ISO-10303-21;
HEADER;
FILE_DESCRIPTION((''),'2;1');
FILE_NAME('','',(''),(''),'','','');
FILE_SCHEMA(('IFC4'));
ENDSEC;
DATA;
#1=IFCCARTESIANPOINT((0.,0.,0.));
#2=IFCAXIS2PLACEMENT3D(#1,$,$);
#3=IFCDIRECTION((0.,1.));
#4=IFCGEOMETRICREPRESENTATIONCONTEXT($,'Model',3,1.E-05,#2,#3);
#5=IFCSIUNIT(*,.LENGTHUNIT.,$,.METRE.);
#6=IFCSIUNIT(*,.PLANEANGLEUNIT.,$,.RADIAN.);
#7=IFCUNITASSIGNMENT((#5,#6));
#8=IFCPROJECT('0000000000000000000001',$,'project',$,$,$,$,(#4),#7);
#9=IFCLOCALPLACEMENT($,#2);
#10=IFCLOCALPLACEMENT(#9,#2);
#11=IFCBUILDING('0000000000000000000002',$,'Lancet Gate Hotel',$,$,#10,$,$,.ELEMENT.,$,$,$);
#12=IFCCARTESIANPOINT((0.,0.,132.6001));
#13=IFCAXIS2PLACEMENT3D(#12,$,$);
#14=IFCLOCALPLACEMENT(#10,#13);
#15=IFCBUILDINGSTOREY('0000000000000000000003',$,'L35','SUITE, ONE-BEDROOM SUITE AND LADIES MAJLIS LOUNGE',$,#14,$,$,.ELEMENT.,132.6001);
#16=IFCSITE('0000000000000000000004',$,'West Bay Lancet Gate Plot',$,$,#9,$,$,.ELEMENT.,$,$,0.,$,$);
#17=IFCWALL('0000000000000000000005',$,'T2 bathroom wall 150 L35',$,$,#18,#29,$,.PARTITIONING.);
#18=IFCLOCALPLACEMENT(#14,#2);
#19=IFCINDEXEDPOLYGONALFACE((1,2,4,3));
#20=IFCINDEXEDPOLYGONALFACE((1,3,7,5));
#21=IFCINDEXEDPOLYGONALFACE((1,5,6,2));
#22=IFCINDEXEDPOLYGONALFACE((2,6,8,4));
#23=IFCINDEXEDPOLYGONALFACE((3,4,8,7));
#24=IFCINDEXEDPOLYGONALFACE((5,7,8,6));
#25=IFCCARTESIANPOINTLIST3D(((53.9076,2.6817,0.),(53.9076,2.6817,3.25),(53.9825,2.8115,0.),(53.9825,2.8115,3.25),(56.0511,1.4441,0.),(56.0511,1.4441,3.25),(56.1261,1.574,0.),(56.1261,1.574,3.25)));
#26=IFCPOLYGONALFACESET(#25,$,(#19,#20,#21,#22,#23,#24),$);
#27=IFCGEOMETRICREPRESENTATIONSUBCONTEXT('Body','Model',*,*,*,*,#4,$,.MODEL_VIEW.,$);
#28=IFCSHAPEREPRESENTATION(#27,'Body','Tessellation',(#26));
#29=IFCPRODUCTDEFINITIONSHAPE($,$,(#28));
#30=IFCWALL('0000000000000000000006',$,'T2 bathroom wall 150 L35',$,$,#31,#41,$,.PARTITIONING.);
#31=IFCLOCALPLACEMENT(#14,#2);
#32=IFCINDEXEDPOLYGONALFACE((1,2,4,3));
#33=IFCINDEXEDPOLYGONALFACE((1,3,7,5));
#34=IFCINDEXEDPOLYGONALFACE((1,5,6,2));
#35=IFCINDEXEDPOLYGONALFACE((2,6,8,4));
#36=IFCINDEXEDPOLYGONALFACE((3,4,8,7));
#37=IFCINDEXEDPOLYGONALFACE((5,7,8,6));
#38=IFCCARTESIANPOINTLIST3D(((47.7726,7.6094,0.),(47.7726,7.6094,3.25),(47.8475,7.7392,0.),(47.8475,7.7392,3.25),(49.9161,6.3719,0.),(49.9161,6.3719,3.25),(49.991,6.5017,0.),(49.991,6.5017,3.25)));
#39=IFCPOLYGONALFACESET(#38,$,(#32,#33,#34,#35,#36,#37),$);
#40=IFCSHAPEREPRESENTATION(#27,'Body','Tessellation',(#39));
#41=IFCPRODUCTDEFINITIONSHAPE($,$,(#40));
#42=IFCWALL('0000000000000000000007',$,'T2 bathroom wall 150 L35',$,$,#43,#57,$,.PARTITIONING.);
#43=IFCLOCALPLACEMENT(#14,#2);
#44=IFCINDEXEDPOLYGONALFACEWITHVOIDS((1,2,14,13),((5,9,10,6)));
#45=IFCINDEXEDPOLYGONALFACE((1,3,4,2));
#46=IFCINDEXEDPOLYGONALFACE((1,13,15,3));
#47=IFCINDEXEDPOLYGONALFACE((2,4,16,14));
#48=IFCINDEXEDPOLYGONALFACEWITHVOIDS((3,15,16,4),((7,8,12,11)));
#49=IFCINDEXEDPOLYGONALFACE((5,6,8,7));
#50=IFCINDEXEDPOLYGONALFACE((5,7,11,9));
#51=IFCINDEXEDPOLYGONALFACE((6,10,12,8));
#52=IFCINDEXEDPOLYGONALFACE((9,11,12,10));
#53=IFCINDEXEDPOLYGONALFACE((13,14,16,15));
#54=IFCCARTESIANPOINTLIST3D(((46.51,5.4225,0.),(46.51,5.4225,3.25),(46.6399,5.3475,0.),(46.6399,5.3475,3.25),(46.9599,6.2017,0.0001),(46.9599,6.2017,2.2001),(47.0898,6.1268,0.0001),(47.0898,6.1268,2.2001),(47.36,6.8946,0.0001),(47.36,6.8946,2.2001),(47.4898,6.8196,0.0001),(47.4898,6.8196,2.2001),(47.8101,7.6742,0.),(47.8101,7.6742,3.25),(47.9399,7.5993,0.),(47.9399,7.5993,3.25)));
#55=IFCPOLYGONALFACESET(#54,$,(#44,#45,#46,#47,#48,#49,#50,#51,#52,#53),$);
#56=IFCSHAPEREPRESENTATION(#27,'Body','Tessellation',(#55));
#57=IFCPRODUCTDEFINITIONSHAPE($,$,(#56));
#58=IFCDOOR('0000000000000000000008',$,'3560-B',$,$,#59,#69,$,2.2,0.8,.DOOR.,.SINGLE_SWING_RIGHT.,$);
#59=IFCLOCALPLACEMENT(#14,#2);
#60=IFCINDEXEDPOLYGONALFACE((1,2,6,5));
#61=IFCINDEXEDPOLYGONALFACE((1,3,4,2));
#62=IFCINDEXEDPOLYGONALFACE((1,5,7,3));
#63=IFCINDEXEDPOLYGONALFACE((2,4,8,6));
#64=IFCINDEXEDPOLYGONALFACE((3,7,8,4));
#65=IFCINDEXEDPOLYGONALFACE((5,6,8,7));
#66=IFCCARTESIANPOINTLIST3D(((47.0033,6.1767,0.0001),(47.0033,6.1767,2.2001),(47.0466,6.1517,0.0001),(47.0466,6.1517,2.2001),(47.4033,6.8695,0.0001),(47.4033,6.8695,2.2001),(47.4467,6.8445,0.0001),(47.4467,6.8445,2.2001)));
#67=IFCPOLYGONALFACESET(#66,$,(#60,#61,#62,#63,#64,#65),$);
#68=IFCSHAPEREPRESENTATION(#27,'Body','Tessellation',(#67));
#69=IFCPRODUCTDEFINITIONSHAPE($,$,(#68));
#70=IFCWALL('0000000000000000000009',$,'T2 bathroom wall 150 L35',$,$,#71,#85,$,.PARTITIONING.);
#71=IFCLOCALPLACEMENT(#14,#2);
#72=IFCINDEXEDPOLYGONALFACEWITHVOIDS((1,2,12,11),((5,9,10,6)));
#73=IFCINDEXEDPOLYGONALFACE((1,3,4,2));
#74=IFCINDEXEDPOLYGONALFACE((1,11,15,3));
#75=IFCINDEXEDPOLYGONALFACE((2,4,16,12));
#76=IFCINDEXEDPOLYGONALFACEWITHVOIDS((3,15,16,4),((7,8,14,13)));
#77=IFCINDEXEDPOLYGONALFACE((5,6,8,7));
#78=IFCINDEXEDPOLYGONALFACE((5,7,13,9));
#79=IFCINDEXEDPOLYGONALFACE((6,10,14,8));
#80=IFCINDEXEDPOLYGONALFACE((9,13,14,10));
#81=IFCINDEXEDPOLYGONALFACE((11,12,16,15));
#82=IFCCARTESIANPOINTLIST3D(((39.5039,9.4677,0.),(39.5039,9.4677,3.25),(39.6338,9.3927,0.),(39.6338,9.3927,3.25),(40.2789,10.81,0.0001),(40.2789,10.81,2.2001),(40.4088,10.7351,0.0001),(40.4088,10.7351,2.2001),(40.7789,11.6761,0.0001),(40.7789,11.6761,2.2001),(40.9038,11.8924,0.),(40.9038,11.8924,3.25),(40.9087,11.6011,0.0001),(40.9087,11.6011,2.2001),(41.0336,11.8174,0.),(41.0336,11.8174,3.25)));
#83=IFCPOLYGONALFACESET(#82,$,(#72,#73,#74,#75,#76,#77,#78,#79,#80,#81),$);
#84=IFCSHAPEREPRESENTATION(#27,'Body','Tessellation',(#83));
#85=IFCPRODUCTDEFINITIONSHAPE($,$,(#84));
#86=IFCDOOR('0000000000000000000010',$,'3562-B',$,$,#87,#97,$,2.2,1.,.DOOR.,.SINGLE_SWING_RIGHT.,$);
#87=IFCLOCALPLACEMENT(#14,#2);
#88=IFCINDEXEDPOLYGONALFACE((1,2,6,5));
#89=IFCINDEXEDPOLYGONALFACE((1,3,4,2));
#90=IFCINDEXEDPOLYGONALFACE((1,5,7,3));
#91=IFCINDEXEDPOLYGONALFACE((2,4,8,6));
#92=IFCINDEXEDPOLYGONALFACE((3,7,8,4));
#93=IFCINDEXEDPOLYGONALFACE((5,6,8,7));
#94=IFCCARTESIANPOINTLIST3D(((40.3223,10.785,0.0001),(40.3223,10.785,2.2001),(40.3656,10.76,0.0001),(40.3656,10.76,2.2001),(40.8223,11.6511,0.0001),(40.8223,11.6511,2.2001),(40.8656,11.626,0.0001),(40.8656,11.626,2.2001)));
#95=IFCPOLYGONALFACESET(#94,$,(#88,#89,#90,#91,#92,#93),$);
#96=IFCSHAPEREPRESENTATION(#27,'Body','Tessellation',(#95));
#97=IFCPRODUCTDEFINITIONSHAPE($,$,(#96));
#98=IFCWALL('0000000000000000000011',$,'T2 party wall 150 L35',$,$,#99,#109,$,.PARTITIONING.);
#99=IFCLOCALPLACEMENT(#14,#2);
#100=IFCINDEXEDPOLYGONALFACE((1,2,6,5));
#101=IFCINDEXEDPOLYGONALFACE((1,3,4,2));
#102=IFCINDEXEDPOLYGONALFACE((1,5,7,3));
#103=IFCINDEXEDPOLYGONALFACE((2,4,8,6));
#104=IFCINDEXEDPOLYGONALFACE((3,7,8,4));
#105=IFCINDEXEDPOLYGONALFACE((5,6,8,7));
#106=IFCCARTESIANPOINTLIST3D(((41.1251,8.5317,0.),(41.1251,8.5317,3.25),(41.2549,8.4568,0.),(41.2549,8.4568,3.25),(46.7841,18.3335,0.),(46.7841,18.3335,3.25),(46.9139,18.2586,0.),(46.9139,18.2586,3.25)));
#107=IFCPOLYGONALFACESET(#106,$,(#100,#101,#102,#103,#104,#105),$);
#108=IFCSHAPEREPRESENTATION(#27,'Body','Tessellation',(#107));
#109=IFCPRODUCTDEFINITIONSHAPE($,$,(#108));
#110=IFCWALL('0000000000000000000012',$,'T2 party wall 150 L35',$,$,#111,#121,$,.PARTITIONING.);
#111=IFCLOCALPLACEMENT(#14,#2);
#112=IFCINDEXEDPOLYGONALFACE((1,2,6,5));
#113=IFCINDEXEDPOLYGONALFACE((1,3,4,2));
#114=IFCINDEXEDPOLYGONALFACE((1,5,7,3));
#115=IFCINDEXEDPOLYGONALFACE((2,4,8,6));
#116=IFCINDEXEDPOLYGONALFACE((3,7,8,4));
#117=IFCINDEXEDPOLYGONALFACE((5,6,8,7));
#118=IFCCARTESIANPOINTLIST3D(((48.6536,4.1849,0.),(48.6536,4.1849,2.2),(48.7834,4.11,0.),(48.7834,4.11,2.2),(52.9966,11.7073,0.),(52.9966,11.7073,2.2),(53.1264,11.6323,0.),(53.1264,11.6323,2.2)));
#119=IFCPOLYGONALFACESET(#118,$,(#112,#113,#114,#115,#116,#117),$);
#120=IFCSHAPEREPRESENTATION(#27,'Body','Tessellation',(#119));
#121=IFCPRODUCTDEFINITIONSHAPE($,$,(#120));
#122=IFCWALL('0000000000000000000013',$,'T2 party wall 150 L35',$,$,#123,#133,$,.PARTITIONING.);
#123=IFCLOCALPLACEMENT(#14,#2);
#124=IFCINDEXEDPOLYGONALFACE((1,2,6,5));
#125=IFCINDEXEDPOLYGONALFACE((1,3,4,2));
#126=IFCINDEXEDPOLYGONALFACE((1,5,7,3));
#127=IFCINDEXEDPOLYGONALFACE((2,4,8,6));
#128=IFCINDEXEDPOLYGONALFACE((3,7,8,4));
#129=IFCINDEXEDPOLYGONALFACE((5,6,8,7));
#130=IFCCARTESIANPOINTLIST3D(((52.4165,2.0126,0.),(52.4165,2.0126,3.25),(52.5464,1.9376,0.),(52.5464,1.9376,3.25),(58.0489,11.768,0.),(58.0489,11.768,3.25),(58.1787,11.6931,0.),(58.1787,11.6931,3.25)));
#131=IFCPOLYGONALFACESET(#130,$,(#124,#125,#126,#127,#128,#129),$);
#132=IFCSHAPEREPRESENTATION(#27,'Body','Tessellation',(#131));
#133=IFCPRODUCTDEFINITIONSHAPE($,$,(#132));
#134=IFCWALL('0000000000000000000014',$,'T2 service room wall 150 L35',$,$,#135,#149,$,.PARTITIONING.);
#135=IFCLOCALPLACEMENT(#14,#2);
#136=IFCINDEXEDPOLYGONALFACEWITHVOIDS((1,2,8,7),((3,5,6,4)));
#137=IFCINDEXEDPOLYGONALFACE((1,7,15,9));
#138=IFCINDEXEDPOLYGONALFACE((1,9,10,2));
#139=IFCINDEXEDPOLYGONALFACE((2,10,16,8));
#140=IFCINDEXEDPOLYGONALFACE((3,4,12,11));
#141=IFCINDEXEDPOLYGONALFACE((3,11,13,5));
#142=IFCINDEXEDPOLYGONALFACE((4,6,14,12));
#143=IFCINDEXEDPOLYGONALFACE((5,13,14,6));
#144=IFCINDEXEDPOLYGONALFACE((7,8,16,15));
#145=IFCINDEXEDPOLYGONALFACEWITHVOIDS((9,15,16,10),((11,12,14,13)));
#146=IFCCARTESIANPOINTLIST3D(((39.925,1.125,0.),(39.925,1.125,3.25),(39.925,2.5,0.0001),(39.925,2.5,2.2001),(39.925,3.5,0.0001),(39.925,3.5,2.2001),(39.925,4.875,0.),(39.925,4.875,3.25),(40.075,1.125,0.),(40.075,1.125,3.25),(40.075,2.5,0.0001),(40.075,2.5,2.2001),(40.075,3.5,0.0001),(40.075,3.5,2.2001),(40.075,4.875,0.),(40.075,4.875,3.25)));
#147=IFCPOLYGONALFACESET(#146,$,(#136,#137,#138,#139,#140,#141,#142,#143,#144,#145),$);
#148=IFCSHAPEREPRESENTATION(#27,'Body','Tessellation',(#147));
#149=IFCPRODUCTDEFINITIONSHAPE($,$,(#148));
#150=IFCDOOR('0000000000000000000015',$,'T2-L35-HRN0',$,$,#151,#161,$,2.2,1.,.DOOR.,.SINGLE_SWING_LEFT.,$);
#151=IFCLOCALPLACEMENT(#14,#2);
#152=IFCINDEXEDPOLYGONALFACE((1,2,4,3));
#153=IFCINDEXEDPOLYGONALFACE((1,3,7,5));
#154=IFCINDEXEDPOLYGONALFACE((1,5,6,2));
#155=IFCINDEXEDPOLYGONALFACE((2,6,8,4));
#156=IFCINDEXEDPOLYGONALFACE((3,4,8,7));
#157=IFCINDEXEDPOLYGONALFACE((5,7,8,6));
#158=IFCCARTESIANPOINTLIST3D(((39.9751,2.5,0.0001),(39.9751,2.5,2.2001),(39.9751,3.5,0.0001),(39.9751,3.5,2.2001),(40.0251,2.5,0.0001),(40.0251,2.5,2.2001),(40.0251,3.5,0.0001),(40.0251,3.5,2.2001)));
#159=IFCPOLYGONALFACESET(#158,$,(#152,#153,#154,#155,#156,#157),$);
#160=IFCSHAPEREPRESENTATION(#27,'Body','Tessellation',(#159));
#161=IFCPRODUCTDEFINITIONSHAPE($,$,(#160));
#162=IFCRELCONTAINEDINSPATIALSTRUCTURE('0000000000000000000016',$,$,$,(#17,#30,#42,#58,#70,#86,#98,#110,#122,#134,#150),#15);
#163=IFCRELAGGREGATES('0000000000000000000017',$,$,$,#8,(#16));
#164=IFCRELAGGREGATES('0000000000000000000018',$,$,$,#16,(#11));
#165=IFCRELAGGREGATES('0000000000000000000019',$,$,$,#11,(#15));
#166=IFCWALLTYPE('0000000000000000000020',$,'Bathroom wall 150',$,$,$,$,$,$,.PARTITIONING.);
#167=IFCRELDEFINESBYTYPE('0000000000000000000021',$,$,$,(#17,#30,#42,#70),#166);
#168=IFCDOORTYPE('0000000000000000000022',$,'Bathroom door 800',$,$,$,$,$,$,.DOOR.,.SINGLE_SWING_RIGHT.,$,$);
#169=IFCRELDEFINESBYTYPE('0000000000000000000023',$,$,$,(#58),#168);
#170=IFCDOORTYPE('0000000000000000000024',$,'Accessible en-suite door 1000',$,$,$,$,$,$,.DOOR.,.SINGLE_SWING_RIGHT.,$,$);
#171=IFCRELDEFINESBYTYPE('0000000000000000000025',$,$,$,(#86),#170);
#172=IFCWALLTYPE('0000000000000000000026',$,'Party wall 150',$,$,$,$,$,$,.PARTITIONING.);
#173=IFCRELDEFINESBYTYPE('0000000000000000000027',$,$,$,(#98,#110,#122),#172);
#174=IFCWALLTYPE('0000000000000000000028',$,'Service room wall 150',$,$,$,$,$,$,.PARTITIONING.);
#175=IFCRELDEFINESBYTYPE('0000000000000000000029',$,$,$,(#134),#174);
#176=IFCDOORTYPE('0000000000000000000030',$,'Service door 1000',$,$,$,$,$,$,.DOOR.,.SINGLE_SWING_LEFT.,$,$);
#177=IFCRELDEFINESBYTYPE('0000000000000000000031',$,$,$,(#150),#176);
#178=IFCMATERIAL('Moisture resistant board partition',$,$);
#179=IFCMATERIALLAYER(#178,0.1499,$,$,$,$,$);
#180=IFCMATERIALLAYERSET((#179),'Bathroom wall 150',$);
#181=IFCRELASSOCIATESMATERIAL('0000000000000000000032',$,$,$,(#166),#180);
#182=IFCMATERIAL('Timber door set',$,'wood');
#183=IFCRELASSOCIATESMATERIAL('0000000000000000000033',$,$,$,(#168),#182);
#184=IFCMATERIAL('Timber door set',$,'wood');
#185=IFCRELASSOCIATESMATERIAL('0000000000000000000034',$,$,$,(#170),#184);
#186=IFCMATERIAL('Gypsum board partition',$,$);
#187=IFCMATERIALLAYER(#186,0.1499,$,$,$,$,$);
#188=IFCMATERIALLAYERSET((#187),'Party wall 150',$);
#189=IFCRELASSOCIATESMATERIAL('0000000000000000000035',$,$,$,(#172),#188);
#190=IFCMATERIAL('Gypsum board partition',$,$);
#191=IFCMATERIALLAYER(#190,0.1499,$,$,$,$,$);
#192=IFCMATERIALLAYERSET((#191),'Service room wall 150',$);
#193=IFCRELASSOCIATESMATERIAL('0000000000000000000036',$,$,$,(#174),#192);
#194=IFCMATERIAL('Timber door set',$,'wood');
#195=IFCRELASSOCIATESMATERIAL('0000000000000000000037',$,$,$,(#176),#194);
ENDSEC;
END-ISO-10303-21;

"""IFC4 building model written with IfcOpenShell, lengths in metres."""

from ifc_helpers import new_model, si_unit, direction, frame, frame_2d, origin, place, context, subcontext, project, spatial, rectangle, extrude, material, layer, layer_set, type_object, element, fill, save


model = new_model("IFC4")

# Units and contexts
model_context = context("Model", 3, precision=1e-05, world=origin(), true_north=direction((0.0, 1.0)))
body_context = subcontext(model_context, "Body", "Model", "MODEL_VIEW")
ifc_project = project(units=[si_unit("LENGTHUNIT", "METRE"), si_unit("PLANEANGLEUNIT", "RADIAN")], contexts=[model_context])

# Site, building, storey
site_placement = place(None, origin())
site = spatial("IfcSite", under=ifc_project, at=site_placement, Name="West Bay Lancet Gate Plot", CompositionType="ELEMENT", RefElevation=0.0)
building_placement = place(site_placement, origin())
building = spatial("IfcBuilding", under=site, at=building_placement, Name="Lancet Gate Hotel", CompositionType="ELEMENT")
storey_placement = place(building_placement, frame((0.0, 0.0, 132.6001)))
storey = spatial("IfcBuildingStorey", under=building, at=storey_placement, Name="L35", Description="SUITE, ONE-BEDROOM SUITE AND LADIES MAJLIS LOUNGE", CompositionType="ELEMENT", Elevation=132.6001)

# Walls
ifc_material_1 = material(Name="Moisture resistant board partition")
ifc_layer_1 = layer(ifc_material_1, 0.1499)
ifc_layer_set_1 = layer_set([ifc_layer_1], Name="Bathroom wall 150")
wall_type_1 = type_object("IfcWallType", Name="Bathroom wall 150", PredefinedType="PARTITIONING", material=ifc_layer_set_1)
for number, where, z_axis, x_axis, name in (
    (1, (53.9451, 2.7466, 0.0), (0.0, 0.0, 1.0), (0.866031, -0.49999, 0.0), "T2 bathroom wall 150 L35"),
    (2, (47.8101, 7.6743, 0.0), (0.0, 0.0, 1.0), (0.866031, -0.49999, 0.0), "T2 bathroom wall 150 L35"),
):
    element("IfcWall", number, at=place(storey_placement, frame(where, z_axis=z_axis, x_axis=x_axis)), inside=storey, type_object=wall_type_1, Name=name, PredefinedType="PARTITIONING", context=body_context, shape_type="SweptSolid", body=[
        extrude(rectangle(XDim=2.4751, YDim=0.1499, at=frame_2d((1.2375, 0.0))), origin(), (0.0, 0.0, 1.0), 3.25),
    ])

# Walls, openings, doors
wall_1_placement = place(storey_placement, frame((46.575, 5.385, 0.0), z_axis=(0.0, 0.0, 1.0), x_axis=(0.500007, 0.866021, 0.0)))
wall_1 = element("IfcWall", 3, at=wall_1_placement, inside=storey, type_object=wall_type_1, Name="T2 bathroom wall 150 L35", PredefinedType="PARTITIONING", context=body_context, shape_type="SweptSolid", body=[
    extrude(rectangle(XDim=2.6001, YDim=0.1499, at=frame_2d((1.3, 0.0))), origin(), (0.0, 0.0, 1.0), 3.25),
])
opening_1_placement = place(wall_1_placement, frame((0.8999, 0.0, 0.0)))
opening_1 = element("IfcOpeningElement", 4, at=opening_1_placement, cuts=wall_1, PredefinedType="OPENING", context=body_context, shape_type="SweptSolid", body=[
    extrude(rectangle(XDim=0.8, YDim=2.2, at=frame_2d((0.3999, 1.1001))), frame((0.0, 0.085, 0.0), z_axis=(0.0, -1.0, 0.0), x_axis=(1.0, 0.0, 0.0)), (0.0, 0.0, 1.0), 0.1699),
])
ifc_material_2 = material(Name="Timber door set", Category="wood")
door_type_1 = type_object("IfcDoorType", Name="Bathroom door 800", OperationType="SINGLE_SWING_RIGHT", PredefinedType="DOOR", material=ifc_material_2)
door_1_placement = place(opening_1_placement, origin())
door_1 = element("IfcDoor", 5, at=door_1_placement, inside=storey, type_object=door_type_1, Name="3560-B", OperationType="SINGLE_SWING_RIGHT", OverallHeight=2.2, OverallWidth=0.8, PredefinedType="DOOR", context=body_context, shape_type="SweptSolid", body=[
    extrude(rectangle(XDim=0.8, YDim=2.2, at=frame_2d((0.3999, 1.1001))), frame((0.0, 0.0249, 0.0), z_axis=(0.0, -1.0, 0.0), x_axis=(1.0, 0.0, 0.0)), (0.0, 0.0, 1.0), 0.05),
])
fill(opening_1, door_1)
wall_2_placement = place(storey_placement, frame((39.5688, 9.4302, 0.0), z_axis=(0.0, 0.0, 1.0), x_axis=(0.499984, 0.866035, 0.0)))
wall_2 = element("IfcWall", 6, at=wall_2_placement, inside=storey, type_object=wall_type_1, Name="T2 bathroom wall 150 L35", PredefinedType="PARTITIONING", context=body_context, shape_type="SweptSolid", body=[
    extrude(rectangle(XDim=2.7998, YDim=0.1499, at=frame_2d((1.3999, 0.0))), origin(), (0.0, 0.0, 1.0), 3.25),
])
opening_2_placement = place(wall_2_placement, frame((1.55, 0.0, 0.0)))
opening_2 = element("IfcOpeningElement", 7, at=opening_2_placement, cuts=wall_2, PredefinedType="OPENING", context=body_context, shape_type="SweptSolid", body=[
    extrude(rectangle(XDim=1.0, YDim=2.2, at=frame_2d((0.5, 1.1001))), frame((0.0, 0.085, 0.0), z_axis=(0.0, -1.0, 0.0), x_axis=(1.0, 0.0, 0.0)), (0.0, 0.0, 1.0), 0.1699),
])
ifc_material_3 = material(Name="Timber door set", Category="wood")
door_type_2 = type_object("IfcDoorType", Name="Accessible en-suite door 1000", OperationType="SINGLE_SWING_RIGHT", PredefinedType="DOOR", material=ifc_material_3)
door_2_placement = place(opening_2_placement, origin())
door_2 = element("IfcDoor", 8, at=door_2_placement, inside=storey, type_object=door_type_2, Name="3562-B", OperationType="SINGLE_SWING_RIGHT", OverallHeight=2.2, OverallWidth=1.0, PredefinedType="DOOR", context=body_context, shape_type="SweptSolid", body=[
    extrude(rectangle(XDim=1.0, YDim=2.2, at=frame_2d((0.5, 1.1001))), frame((0.0, 0.0249, 0.0), z_axis=(0.0, -1.0, 0.0), x_axis=(1.0, 0.0, 0.0)), (0.0, 0.0, 1.0), 0.05),
])
fill(opening_2, door_2)

# Walls
ifc_material_4 = material(Name="Gypsum board partition")
ifc_layer_2 = layer(ifc_material_4, 0.1499)
ifc_layer_set_2 = layer_set([ifc_layer_2], Name="Party wall 150")
wall_type_2 = type_object("IfcWallType", Name="Party wall 150", PredefinedType="PARTITIONING", material=ifc_layer_set_2)
wall_3_placement = place(storey_placement, frame((41.1899, 8.4941, 0.0), z_axis=(0.0, 0.0, 1.0), x_axis=(0.499993, 0.86603, 0.0)))
element("IfcWall", 9, at=wall_3_placement, inside=storey, type_object=wall_type_2, Name="T2 party wall 150 L35", PredefinedType="PARTITIONING", context=body_context, shape_type="SweptSolid", body=[
    extrude(rectangle(XDim=11.3181, YDim=0.1499, at=frame_2d((5.6592, 0.0))), origin(), (0.0, 0.0, 1.0), 3.25),
])
wall_4_placement = place(storey_placement, frame((48.7185, 4.1475, 0.0), z_axis=(0.0, 0.0, 1.0), x_axis=(0.499993, 0.866029, 0.0)))
element("IfcWall", 10, at=wall_4_placement, inside=storey, type_object=wall_type_2, Name="T2 party wall 150 L35", PredefinedType="PARTITIONING", context=body_context, shape_type="SweptSolid", body=[
    extrude(rectangle(XDim=8.686, YDim=0.1499, at=frame_2d((4.343, 0.0))), origin(), (0.0, 0.0, 1.0), 2.2),
])
wall_5_placement = place(storey_placement, frame((52.4814, 1.9751, 0.0), z_axis=(0.0, 0.0, 1.0), x_axis=(0.500004, 0.866023, 0.0)))
element("IfcWall", 11, at=wall_5_placement, inside=storey, type_object=wall_type_2, Name="T2 party wall 150 L35", PredefinedType="PARTITIONING", context=body_context, shape_type="SweptSolid", body=[
    extrude(rectangle(XDim=11.2646, YDim=0.1499, at=frame_2d((5.6323, 0.0))), origin(), (0.0, 0.0, 1.0), 3.25),
])

# Wall, opening, door
ifc_material_5 = material(Name="Gypsum board partition")
ifc_layer_3 = layer(ifc_material_5, 0.1499)
ifc_layer_set_3 = layer_set([ifc_layer_3], Name="Service room wall 150")
wall_type_3 = type_object("IfcWallType", Name="Service room wall 150", PredefinedType="PARTITIONING", material=ifc_layer_set_3)
wall_6_placement = place(storey_placement, frame((40.0, 1.125, 0.0), z_axis=(0.0, 0.0, 1.0), x_axis=(0.0, 1.0, 0.0)))
wall_6 = element("IfcWall", 12, at=wall_6_placement, inside=storey, type_object=wall_type_3, Name="T2 service room wall 150 L35", PredefinedType="PARTITIONING", context=body_context, shape_type="SweptSolid", body=[
    extrude(rectangle(XDim=3.75, YDim=0.1499, at=frame_2d((1.875, 0.0))), origin(), (0.0, 0.0, 1.0), 3.25),
])
opening_3_placement = place(wall_6_placement, frame((1.375, 0.0, 0.0)))
opening_3 = element("IfcOpeningElement", 13, at=opening_3_placement, cuts=wall_6, PredefinedType="OPENING", context=body_context, shape_type="SweptSolid", body=[
    extrude(rectangle(XDim=1.0, YDim=2.2, at=frame_2d((0.5, 1.1001))), frame((0.0, 0.085, 0.0), z_axis=(0.0, -1.0, 0.0), x_axis=(1.0, 0.0, 0.0)), (0.0, 0.0, 1.0), 0.1699),
])
ifc_material_6 = material(Name="Timber door set", Category="wood")
door_type_3 = type_object("IfcDoorType", Name="Service door 1000", OperationType="SINGLE_SWING_LEFT", PredefinedType="DOOR", material=ifc_material_6)
door_3_placement = place(opening_3_placement, origin())
door_3 = element("IfcDoor", 14, at=door_3_placement, inside=storey, type_object=door_type_3, Name="T2-L35-HRN0", OperationType="SINGLE_SWING_LEFT", OverallHeight=2.2, OverallWidth=1.0, PredefinedType="DOOR", context=body_context, shape_type="SweptSolid", body=[
    extrude(rectangle(XDim=1.0, YDim=2.2, at=frame_2d((0.5, 1.1001))), frame((0.0, 0.0249, 0.0), z_axis=(0.0, -1.0, 0.0), x_axis=(1.0, 0.0, 0.0)), (0.0, 0.0, 1.0), 0.05),
])
fill(opening_3, door_3)

save(model, "model.ifc")
